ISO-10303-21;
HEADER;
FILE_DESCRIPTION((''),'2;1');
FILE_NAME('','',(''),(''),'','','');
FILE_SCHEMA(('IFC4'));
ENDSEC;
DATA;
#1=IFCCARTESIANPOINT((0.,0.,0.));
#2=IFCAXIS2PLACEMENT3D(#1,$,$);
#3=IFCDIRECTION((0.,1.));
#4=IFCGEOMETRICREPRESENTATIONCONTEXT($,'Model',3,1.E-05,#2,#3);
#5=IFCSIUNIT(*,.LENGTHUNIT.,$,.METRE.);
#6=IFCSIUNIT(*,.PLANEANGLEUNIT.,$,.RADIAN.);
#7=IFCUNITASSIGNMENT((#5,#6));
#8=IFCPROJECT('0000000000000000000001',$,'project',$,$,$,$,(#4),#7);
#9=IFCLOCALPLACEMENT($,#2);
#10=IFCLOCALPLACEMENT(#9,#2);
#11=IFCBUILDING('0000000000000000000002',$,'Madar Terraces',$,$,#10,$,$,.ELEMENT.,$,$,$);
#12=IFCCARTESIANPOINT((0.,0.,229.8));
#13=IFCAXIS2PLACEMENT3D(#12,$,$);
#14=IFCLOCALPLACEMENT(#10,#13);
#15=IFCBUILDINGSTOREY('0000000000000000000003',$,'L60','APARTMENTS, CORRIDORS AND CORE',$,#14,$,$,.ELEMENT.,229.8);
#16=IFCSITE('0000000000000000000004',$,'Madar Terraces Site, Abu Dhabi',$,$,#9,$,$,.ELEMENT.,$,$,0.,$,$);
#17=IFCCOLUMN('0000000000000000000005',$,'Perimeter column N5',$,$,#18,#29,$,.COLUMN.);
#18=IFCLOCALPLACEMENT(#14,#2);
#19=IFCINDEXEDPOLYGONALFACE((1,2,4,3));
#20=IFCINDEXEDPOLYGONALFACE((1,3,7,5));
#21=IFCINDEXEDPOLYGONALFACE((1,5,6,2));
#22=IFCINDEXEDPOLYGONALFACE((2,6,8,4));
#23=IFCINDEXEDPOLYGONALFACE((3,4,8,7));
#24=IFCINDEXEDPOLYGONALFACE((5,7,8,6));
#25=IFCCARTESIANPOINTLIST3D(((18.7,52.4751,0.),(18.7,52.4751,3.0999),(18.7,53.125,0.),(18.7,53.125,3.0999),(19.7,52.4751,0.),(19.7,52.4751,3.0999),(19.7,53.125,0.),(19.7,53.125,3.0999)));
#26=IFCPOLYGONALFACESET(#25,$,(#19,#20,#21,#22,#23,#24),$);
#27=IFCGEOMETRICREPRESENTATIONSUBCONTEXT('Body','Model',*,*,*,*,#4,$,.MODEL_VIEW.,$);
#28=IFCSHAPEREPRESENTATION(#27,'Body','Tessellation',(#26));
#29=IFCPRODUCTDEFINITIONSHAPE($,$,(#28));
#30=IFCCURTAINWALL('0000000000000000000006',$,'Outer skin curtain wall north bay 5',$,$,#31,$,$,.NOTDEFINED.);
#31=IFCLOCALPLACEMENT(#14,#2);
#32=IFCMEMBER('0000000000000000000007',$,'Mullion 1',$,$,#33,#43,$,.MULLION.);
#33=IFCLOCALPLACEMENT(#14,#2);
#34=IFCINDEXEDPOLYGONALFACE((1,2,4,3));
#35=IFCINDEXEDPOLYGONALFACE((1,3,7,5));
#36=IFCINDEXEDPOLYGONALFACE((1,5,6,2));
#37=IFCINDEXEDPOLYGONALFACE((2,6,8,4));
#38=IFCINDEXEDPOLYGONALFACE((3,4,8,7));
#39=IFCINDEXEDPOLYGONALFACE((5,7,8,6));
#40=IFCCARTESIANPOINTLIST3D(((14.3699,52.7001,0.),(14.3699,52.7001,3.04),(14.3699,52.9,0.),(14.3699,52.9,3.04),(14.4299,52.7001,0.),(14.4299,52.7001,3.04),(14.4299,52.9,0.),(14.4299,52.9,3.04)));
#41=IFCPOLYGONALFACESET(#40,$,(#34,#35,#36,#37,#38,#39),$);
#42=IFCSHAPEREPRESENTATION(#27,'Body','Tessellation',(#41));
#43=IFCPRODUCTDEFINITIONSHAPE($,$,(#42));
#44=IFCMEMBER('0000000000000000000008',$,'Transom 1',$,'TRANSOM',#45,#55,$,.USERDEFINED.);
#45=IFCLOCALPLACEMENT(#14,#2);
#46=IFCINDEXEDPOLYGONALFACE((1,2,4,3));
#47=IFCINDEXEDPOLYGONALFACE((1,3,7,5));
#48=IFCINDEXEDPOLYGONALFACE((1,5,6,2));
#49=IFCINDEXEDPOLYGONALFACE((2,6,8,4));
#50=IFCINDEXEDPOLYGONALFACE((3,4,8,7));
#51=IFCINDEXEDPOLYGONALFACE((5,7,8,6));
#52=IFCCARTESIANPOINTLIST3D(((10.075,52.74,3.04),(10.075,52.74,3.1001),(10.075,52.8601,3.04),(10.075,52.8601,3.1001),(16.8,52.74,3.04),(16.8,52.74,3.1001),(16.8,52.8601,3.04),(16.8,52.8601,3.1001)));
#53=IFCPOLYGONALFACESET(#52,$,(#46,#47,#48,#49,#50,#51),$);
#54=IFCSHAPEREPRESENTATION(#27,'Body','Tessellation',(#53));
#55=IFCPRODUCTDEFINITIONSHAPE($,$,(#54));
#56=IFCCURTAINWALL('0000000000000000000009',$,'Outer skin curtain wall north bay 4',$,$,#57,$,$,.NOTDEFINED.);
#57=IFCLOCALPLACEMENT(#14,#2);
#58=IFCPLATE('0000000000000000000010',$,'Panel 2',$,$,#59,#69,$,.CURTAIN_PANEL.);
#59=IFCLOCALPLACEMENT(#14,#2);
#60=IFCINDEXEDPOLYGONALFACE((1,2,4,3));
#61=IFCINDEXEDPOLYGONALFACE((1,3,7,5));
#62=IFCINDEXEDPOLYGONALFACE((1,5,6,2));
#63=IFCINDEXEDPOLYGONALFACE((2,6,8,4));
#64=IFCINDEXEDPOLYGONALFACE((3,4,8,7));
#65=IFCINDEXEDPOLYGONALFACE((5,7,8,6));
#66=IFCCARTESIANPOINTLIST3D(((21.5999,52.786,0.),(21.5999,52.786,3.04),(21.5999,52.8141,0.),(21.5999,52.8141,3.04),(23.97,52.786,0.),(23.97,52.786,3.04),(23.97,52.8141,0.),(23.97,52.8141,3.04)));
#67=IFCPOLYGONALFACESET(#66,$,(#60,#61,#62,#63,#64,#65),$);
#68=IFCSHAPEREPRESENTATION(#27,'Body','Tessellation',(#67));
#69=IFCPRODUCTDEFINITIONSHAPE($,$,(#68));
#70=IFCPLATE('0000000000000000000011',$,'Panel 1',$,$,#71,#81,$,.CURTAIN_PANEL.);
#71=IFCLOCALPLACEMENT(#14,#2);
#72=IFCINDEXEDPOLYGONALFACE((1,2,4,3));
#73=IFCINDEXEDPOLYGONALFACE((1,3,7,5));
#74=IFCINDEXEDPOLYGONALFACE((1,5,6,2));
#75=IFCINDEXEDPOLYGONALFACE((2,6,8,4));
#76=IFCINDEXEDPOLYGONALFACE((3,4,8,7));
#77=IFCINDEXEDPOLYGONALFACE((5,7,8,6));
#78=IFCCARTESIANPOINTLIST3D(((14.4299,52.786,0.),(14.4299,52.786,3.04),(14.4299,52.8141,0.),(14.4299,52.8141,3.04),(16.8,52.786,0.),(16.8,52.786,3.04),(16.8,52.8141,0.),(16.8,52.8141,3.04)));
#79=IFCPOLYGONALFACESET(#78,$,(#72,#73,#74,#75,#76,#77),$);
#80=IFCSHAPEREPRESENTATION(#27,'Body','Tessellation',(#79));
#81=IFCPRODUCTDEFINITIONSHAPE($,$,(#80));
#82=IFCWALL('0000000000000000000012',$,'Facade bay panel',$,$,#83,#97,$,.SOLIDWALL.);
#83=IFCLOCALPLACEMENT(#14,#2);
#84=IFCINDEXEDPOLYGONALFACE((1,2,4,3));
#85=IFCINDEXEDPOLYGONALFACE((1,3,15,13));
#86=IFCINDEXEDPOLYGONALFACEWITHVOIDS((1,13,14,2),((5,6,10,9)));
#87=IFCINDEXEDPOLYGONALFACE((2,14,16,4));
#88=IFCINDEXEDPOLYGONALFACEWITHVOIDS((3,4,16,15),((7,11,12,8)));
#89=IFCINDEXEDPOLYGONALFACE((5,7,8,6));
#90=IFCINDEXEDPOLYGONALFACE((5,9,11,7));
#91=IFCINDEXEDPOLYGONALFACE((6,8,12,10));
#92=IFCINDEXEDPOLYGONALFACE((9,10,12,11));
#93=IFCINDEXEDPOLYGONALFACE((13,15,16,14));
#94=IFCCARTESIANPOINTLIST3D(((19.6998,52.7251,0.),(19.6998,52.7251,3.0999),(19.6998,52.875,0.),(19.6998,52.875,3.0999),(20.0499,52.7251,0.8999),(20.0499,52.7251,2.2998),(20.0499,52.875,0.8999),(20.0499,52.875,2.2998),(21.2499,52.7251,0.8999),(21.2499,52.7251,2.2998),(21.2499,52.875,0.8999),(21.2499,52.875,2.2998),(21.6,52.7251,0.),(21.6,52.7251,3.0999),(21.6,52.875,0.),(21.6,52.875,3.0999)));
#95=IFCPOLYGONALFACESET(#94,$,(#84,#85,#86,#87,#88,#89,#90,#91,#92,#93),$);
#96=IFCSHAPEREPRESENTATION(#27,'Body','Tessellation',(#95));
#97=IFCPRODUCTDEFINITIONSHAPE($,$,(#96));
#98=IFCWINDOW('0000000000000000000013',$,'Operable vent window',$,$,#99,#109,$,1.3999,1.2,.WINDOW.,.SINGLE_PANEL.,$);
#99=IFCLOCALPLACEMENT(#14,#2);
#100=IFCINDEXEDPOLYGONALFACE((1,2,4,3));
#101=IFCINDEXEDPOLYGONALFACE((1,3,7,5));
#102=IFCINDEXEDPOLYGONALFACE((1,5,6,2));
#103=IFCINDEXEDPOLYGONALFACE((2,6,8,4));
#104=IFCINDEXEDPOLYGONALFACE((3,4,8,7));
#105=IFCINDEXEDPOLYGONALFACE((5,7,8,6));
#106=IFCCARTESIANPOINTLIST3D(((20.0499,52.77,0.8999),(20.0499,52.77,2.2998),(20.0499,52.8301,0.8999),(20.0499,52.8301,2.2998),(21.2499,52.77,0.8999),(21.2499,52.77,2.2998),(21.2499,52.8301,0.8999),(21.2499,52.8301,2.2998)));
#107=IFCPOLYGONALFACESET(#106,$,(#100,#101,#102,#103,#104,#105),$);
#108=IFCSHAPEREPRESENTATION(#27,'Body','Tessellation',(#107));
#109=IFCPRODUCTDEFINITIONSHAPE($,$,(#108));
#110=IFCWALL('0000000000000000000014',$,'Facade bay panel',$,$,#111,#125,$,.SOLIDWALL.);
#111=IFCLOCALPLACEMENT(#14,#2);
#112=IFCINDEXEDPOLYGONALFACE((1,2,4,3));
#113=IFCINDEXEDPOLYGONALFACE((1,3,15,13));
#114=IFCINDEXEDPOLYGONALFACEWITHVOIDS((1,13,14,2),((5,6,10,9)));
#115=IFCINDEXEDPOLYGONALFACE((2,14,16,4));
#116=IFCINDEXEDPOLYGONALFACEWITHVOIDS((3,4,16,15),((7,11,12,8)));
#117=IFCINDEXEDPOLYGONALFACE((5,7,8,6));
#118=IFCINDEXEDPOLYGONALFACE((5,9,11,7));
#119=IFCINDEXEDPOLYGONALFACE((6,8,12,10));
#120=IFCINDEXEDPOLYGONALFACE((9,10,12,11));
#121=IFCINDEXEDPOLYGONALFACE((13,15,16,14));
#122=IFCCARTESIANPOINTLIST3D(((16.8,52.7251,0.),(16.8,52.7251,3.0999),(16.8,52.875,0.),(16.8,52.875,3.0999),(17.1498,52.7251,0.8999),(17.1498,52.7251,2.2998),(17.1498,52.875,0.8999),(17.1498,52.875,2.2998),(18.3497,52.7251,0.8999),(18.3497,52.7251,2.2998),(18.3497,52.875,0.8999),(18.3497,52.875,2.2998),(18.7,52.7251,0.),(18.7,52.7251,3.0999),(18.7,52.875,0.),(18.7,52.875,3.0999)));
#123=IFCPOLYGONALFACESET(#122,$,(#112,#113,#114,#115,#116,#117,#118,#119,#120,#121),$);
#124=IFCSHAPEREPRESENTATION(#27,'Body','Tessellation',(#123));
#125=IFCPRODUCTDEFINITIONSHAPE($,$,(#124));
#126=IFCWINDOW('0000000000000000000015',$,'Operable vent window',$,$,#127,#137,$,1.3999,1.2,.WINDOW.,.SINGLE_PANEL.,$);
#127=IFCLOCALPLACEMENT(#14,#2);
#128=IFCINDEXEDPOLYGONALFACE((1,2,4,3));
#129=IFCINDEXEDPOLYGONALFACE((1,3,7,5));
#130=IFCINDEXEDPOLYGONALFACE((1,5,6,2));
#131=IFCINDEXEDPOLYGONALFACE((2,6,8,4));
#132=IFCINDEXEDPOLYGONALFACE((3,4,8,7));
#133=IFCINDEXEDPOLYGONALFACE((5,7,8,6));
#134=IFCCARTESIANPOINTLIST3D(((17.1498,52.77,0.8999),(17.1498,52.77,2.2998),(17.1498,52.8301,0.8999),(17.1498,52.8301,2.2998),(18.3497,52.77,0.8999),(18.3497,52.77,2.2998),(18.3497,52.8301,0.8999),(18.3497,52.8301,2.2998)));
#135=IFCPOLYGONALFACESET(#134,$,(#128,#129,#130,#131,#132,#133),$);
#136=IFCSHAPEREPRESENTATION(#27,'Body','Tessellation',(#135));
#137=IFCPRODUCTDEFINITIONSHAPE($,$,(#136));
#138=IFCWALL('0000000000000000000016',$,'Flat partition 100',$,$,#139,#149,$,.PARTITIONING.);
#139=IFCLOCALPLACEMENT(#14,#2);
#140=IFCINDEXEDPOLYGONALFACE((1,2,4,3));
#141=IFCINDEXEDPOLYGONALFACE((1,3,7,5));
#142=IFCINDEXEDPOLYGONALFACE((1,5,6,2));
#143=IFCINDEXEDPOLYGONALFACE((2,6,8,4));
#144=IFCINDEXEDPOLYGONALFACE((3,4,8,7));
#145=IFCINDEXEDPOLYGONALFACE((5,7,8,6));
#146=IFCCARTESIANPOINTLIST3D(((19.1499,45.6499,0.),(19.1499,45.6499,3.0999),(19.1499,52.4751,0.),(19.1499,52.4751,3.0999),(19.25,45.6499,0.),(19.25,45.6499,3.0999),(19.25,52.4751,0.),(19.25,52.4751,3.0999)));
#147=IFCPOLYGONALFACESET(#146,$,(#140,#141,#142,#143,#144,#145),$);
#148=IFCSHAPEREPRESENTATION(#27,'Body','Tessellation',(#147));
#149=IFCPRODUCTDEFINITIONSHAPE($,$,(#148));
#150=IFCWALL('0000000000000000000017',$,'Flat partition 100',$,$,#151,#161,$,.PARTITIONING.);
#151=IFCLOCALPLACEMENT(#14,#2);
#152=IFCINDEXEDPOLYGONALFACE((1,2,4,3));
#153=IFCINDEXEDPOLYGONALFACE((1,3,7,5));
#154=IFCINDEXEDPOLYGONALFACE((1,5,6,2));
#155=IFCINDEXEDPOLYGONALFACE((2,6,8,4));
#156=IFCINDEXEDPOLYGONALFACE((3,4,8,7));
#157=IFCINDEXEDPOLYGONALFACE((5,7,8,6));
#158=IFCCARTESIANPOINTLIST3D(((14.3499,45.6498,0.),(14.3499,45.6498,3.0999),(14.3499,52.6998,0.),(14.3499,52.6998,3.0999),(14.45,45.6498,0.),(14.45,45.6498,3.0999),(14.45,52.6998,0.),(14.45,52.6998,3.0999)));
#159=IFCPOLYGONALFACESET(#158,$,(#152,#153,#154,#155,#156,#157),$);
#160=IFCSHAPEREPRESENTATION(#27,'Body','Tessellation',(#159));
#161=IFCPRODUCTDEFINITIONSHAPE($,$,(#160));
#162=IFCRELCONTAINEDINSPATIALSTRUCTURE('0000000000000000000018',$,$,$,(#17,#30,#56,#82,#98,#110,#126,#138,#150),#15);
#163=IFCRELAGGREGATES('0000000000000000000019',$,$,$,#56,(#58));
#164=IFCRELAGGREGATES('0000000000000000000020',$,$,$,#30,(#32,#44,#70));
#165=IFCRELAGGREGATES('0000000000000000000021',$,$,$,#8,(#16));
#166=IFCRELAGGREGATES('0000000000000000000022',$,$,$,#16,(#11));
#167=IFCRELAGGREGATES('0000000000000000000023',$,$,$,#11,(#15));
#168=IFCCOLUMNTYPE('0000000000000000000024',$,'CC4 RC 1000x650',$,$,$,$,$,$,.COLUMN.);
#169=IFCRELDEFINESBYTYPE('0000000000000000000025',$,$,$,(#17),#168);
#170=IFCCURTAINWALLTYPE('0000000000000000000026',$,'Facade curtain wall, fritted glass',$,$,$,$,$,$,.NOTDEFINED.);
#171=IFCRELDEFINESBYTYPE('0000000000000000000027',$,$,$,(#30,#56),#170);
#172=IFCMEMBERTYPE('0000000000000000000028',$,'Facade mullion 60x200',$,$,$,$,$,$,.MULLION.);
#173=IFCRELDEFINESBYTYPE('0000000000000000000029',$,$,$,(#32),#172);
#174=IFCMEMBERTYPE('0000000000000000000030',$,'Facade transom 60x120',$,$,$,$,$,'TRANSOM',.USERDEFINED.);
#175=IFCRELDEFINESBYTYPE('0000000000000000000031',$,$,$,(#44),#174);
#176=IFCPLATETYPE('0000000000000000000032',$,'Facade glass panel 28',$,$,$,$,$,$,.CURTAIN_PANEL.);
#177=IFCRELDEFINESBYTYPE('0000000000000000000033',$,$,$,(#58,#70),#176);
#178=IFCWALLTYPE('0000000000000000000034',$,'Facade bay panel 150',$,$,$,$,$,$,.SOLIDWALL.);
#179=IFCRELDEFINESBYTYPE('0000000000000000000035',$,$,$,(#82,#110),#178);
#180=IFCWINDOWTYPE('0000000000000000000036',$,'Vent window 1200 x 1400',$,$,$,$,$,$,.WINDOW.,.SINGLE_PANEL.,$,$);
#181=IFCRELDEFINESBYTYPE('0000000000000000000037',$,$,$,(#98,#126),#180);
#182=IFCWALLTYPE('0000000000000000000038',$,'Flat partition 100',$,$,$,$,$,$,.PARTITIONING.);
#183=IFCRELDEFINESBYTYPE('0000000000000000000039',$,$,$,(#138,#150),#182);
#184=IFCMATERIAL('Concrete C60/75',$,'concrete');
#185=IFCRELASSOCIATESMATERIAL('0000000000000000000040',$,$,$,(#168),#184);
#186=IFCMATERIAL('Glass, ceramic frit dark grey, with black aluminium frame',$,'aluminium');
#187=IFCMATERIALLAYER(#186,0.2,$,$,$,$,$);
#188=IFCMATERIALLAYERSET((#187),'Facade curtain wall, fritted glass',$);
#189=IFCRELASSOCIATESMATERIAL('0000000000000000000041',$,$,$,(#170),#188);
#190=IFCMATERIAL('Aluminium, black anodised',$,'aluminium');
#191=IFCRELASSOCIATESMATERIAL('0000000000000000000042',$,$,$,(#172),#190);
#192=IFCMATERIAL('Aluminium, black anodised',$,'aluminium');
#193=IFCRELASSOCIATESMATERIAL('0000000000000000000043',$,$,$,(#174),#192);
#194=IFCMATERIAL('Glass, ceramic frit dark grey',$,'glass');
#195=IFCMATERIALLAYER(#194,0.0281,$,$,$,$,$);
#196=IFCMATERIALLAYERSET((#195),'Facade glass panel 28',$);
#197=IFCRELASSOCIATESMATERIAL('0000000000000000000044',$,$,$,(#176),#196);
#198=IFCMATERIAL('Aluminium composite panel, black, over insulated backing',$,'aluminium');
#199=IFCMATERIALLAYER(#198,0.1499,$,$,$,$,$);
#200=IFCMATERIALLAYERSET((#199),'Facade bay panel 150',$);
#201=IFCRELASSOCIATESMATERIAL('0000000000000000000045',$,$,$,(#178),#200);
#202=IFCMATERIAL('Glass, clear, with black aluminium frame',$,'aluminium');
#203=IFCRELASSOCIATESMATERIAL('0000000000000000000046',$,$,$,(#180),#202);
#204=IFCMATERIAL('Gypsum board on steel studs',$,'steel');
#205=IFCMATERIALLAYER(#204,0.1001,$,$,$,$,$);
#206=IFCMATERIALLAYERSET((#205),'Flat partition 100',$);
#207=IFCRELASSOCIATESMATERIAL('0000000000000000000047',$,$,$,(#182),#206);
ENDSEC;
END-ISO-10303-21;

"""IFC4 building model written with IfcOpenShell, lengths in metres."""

from ifc_helpers import new_model, si_unit, direction, frame, frame_2d, origin, origin_2d, place, context, subcontext, project, spatial, rectangle, extrude, material, layer, layer_set, material_profile, profile_set, type_object, element, fill, aggregate, save


model = new_model("IFC4")

# Units and contexts
model_context = context("Model", 3, precision=1e-05, world=origin(), true_north=direction((0.0, 1.0)))
body_context = subcontext(model_context, "Body", "Model", "MODEL_VIEW")
ifc_project = project(units=[si_unit("LENGTHUNIT", "METRE"), si_unit("PLANEANGLEUNIT", "RADIAN")], contexts=[model_context])

# Site, building, storey
site_placement = place(None, origin())
site = spatial("IfcSite", under=ifc_project, at=site_placement, Name="Madar Terraces Site, Abu Dhabi", CompositionType="ELEMENT", RefElevation=0.0)
building_placement = place(site_placement, origin())
building = spatial("IfcBuilding", under=site, at=building_placement, Name="Madar Terraces", CompositionType="ELEMENT")
storey_placement = place(building_placement, frame((0.0, 0.0, 229.8)))
storey = spatial("IfcBuildingStorey", under=building, at=storey_placement, Name="L60", Description="APARTMENTS, CORRIDORS AND CORE", CompositionType="ELEMENT", Elevation=229.8)

# Column
ifc_material_1 = material(Name="Concrete C60/75", Category="concrete")
ifc_material_profile_1 = material_profile(ifc_material_1, rectangle(XDim=1.0, YDim=0.6499, at=origin_2d()), Name="CC4 RC 1000x650")
ifc_profile_set_1 = profile_set([ifc_material_profile_1], Name="Concrete C60/75")
column_type = type_object("IfcColumnType", Name="CC4 RC 1000x650", PredefinedType="COLUMN", material=ifc_profile_set_1)
column_placement = place(storey_placement, frame((19.2, 52.8, 0.0), z_axis=(0.0, 0.0, 1.0), x_axis=(1.0, 0.0, 0.0)))
element("IfcColumn", 1, at=column_placement, inside=storey, type_object=column_type, Name="Perimeter column N5", PredefinedType="COLUMN", context=body_context, shape_type="SweptSolid", body=[
    extrude(rectangle(XDim=1.0, YDim=0.6499, at=origin_2d()), origin(), (0.0, 0.0, 1.0), 3.0999),
])

# Curtain wall, members
ifc_material_2 = material(Name="Glass, ceramic frit dark grey, with black aluminium frame", Category="aluminium")
ifc_layer_1 = layer(ifc_material_2, 0.2)
ifc_layer_set_1 = layer_set([ifc_layer_1], Name="Facade curtain wall, fritted glass")
curtain_wall_type = type_object("IfcCurtainWallType", Name="Facade curtain wall, fritted glass", PredefinedType="NOTDEFINED", material=ifc_layer_set_1)
curtain_wall_1_placement = place(storey_placement, origin())
curtain_wall_1 = element("IfcCurtainWall", 2, at=curtain_wall_1_placement, inside=storey, type_object=curtain_wall_type, Name="Outer skin curtain wall north bay 5", PredefinedType="NOTDEFINED")
ifc_material_3 = material(Name="Aluminium, black anodised", Category="aluminium")
ifc_material_profile_2 = material_profile(ifc_material_3, rectangle(XDim=0.2, YDim=0.0601, at=origin_2d()), Name="Facade mullion 60x200")
ifc_profile_set_2 = profile_set([ifc_material_profile_2], Name="Aluminium, black anodised")
member_type_1 = type_object("IfcMemberType", Name="Facade mullion 60x200", PredefinedType="MULLION", material=ifc_profile_set_2)
member_1_placement = place(storey_placement, frame((14.3999, 52.8, 0.0), z_axis=(0.0, 0.0, 1.0), x_axis=(0.0, -1.0, 0.0)))
member_1 = element("IfcMember", 3, at=member_1_placement, type_object=member_type_1, Name="Mullion 1", PredefinedType="MULLION", context=body_context, shape_type="SweptSolid", body=[
    extrude(rectangle(XDim=0.2, YDim=0.0601, at=origin_2d()), origin(), (0.0, 0.0, 1.0), 3.04),
])
ifc_material_4 = material(Name="Aluminium, black anodised", Category="aluminium")
ifc_material_profile_3 = material_profile(ifc_material_4, rectangle(XDim=0.1201, YDim=0.0601, at=origin_2d()), Name="Facade transom 60x120")
ifc_profile_set_3 = profile_set([ifc_material_profile_3], Name="Aluminium, black anodised")
member_type_2 = type_object("IfcMemberType", Name="Facade transom 60x120", ElementType="TRANSOM", PredefinedType="USERDEFINED", material=ifc_profile_set_3)
member_2_placement = place(storey_placement, frame((16.8, 52.8, 3.0701), z_axis=(-1.0, 0.0, 0.0), x_axis=(0.0, -1.0, 0.0)))
member_2 = element("IfcMember", 4, at=member_2_placement, type_object=member_type_2, Name="Transom 1", ObjectType="TRANSOM", PredefinedType="USERDEFINED", context=body_context, shape_type="SweptSolid", body=[
    extrude(rectangle(XDim=0.1201, YDim=0.0601, at=origin_2d()), origin(), (0.0, 0.0, 1.0), 6.7251),
])

# Curtain wall, plate
curtain_wall_2_placement = place(storey_placement, origin())
curtain_wall_2 = element("IfcCurtainWall", 5, at=curtain_wall_2_placement, inside=storey, type_object=curtain_wall_type, Name="Outer skin curtain wall north bay 4", PredefinedType="NOTDEFINED")
ifc_material_5 = material(Name="Glass, ceramic frit dark grey", Category="glass")
ifc_layer_2 = layer(ifc_material_5, 0.0281)
ifc_layer_set_2 = layer_set([ifc_layer_2], Name="Facade glass panel 28")
plate_type = type_object("IfcPlateType", Name="Facade glass panel 28", PredefinedType="CURTAIN_PANEL", material=ifc_layer_set_2)
plate_1_placement = place(storey_placement, frame((22.7849, 52.8, 0.0), z_axis=(0.0, 0.0, 1.0), x_axis=(-1.0, 0.0, 0.0)))
plate_1 = element("IfcPlate", 6, at=plate_1_placement, type_object=plate_type, Name="Panel 2", PredefinedType="CURTAIN_PANEL", context=body_context, shape_type="SweptSolid", body=[
    extrude(rectangle(XDim=2.3701, YDim=0.0281, at=origin_2d()), origin(), (0.0, 0.0, 1.0), 3.04),
])
aggregate(curtain_wall_2, [plate_1])

# Plate
plate_2_placement = place(storey_placement, frame((15.615, 52.8, 0.0), z_axis=(0.0, 0.0, 1.0), x_axis=(-1.0, 0.0, 0.0)))
plate_2 = element("IfcPlate", 7, at=plate_2_placement, type_object=plate_type, Name="Panel 1", PredefinedType="CURTAIN_PANEL", context=body_context, shape_type="SweptSolid", body=[
    extrude(rectangle(XDim=2.3701, YDim=0.0281, at=origin_2d()), origin(), (0.0, 0.0, 1.0), 3.04),
])
aggregate(curtain_wall_1, [member_1, member_2, plate_2])

# Walls, openings, windows
ifc_material_6 = material(Name="Aluminium composite panel, black, over insulated backing", Category="aluminium")
ifc_layer_3 = layer(ifc_material_6, 0.1499)
ifc_layer_set_3 = layer_set([ifc_layer_3], Name="Facade bay panel 150")
wall_type_1 = type_object("IfcWallType", Name="Facade bay panel 150", PredefinedType="SOLIDWALL", material=ifc_layer_set_3)
wall_1_placement = place(storey_placement, frame((21.6001, 52.8, 0.0), z_axis=(0.0, 0.0, 1.0), x_axis=(-1.0, 0.0, 0.0)))
wall_1 = element("IfcWall", 8, at=wall_1_placement, inside=storey, type_object=wall_type_1, Name="Facade bay panel", PredefinedType="SOLIDWALL", context=body_context, shape_type="SweptSolid", body=[
    extrude(rectangle(XDim=1.9001, YDim=0.1499, at=frame_2d((0.9502, 0.0))), origin(), (0.0, 0.0, 1.0), 3.0999),
])
opening_1_placement = place(wall_1_placement, frame((0.3501, 0.0, 0.8999)))
opening_1 = element("IfcOpeningElement", 9, at=opening_1_placement, cuts=wall_1, PredefinedType="OPENING", context=body_context, shape_type="SweptSolid", body=[
    extrude(rectangle(XDim=1.2, YDim=1.3999, at=frame_2d((0.6001, 0.7))), frame((0.0, 0.085, 0.0), z_axis=(0.0, -1.0, 0.0), x_axis=(1.0, 0.0, 0.0)), (0.0, 0.0, 1.0), 0.1699),
])
ifc_material_7 = material(Name="Glass, clear, with black aluminium frame", Category="aluminium")
window_type = type_object("IfcWindowType", Name="Vent window 1200 x 1400", PartitioningType="SINGLE_PANEL", PredefinedType="WINDOW", material=ifc_material_7)
window_1_placement = place(opening_1_placement, origin())
window_1 = element("IfcWindow", 10, at=window_1_placement, inside=storey, type_object=window_type, Name="Operable vent window", OverallHeight=1.3999, OverallWidth=1.2, PartitioningType="SINGLE_PANEL", PredefinedType="WINDOW", context=body_context, shape_type="SweptSolid", body=[
    extrude(rectangle(XDim=1.2, YDim=1.3999, at=frame_2d((0.6001, 0.7))), frame((0.0, 0.03, 0.0), z_axis=(0.0, -1.0, 0.0), x_axis=(1.0, 0.0, 0.0)), (0.0, 0.0, 1.0), 0.0601),
])
fill(opening_1, window_1)
wall_2_placement = place(storey_placement, frame((18.7, 52.8, 0.0), z_axis=(0.0, 0.0, 1.0), x_axis=(-1.0, 0.0, 0.0)))
wall_2 = element("IfcWall", 11, at=wall_2_placement, inside=storey, type_object=wall_type_1, Name="Facade bay panel", PredefinedType="SOLIDWALL", context=body_context, shape_type="SweptSolid", body=[
    extrude(rectangle(XDim=1.8999, YDim=0.1499, at=frame_2d((0.95, 0.0))), origin(), (0.0, 0.0, 1.0), 3.0999),
])
opening_2_placement = place(wall_2_placement, frame((0.3501, 0.0, 0.8999)))
opening_2 = element("IfcOpeningElement", 12, at=opening_2_placement, cuts=wall_2, PredefinedType="OPENING", context=body_context, shape_type="SweptSolid", body=[
    extrude(rectangle(XDim=1.2, YDim=1.3999, at=frame_2d((0.6001, 0.7))), frame((0.0, 0.085, 0.0), z_axis=(0.0, -1.0, 0.0), x_axis=(1.0, 0.0, 0.0)), (0.0, 0.0, 1.0), 0.1699),
])
window_2_placement = place(opening_2_placement, origin())
window_2 = element("IfcWindow", 13, at=window_2_placement, inside=storey, type_object=window_type, Name="Operable vent window", OverallHeight=1.3999, OverallWidth=1.2, PartitioningType="SINGLE_PANEL", PredefinedType="WINDOW", context=body_context, shape_type="SweptSolid", body=[
    extrude(rectangle(XDim=1.2, YDim=1.3999, at=frame_2d((0.6001, 0.7))), frame((0.0, 0.03, 0.0), z_axis=(0.0, -1.0, 0.0), x_axis=(1.0, 0.0, 0.0)), (0.0, 0.0, 1.0), 0.0601),
])
fill(opening_2, window_2)

# Walls
ifc_material_8 = material(Name="Gypsum board on steel studs", Category="steel")
ifc_layer_4 = layer(ifc_material_8, 0.1001)
ifc_layer_set_4 = layer_set([ifc_layer_4], Name="Flat partition 100")
wall_type_2 = type_object("IfcWallType", Name="Flat partition 100", PredefinedType="PARTITIONING", material=ifc_layer_set_4)
wall_3_placement = place(storey_placement, frame((19.2, 45.6499, 0.0), z_axis=(0.0, 0.0, 1.0), x_axis=(0.0, 1.0, 0.0)))
element("IfcWall", 14, at=wall_3_placement, inside=storey, type_object=wall_type_2, Name="Flat partition 100", PredefinedType="PARTITIONING", context=body_context, shape_type="SweptSolid", body=[
    extrude(rectangle(XDim=6.8252, YDim=0.1001, at=frame_2d((3.4126, 0.0))), origin(), (0.0, 0.0, 1.0), 3.0999),
])
wall_4_placement = place(storey_placement, frame((14.3999, 45.6499, 0.0), z_axis=(0.0, 0.0, 1.0), x_axis=(0.0, 1.0, 0.0)))
element("IfcWall", 15, at=wall_4_placement, inside=storey, type_object=wall_type_2, Name="Flat partition 100", PredefinedType="PARTITIONING", context=body_context, shape_type="SweptSolid", body=[
    extrude(rectangle(XDim=7.05, YDim=0.1001, at=frame_2d((3.5249, 0.0))), origin(), (0.0, 0.0, 1.0), 3.0999),
])

save(model, "model.ifc")
